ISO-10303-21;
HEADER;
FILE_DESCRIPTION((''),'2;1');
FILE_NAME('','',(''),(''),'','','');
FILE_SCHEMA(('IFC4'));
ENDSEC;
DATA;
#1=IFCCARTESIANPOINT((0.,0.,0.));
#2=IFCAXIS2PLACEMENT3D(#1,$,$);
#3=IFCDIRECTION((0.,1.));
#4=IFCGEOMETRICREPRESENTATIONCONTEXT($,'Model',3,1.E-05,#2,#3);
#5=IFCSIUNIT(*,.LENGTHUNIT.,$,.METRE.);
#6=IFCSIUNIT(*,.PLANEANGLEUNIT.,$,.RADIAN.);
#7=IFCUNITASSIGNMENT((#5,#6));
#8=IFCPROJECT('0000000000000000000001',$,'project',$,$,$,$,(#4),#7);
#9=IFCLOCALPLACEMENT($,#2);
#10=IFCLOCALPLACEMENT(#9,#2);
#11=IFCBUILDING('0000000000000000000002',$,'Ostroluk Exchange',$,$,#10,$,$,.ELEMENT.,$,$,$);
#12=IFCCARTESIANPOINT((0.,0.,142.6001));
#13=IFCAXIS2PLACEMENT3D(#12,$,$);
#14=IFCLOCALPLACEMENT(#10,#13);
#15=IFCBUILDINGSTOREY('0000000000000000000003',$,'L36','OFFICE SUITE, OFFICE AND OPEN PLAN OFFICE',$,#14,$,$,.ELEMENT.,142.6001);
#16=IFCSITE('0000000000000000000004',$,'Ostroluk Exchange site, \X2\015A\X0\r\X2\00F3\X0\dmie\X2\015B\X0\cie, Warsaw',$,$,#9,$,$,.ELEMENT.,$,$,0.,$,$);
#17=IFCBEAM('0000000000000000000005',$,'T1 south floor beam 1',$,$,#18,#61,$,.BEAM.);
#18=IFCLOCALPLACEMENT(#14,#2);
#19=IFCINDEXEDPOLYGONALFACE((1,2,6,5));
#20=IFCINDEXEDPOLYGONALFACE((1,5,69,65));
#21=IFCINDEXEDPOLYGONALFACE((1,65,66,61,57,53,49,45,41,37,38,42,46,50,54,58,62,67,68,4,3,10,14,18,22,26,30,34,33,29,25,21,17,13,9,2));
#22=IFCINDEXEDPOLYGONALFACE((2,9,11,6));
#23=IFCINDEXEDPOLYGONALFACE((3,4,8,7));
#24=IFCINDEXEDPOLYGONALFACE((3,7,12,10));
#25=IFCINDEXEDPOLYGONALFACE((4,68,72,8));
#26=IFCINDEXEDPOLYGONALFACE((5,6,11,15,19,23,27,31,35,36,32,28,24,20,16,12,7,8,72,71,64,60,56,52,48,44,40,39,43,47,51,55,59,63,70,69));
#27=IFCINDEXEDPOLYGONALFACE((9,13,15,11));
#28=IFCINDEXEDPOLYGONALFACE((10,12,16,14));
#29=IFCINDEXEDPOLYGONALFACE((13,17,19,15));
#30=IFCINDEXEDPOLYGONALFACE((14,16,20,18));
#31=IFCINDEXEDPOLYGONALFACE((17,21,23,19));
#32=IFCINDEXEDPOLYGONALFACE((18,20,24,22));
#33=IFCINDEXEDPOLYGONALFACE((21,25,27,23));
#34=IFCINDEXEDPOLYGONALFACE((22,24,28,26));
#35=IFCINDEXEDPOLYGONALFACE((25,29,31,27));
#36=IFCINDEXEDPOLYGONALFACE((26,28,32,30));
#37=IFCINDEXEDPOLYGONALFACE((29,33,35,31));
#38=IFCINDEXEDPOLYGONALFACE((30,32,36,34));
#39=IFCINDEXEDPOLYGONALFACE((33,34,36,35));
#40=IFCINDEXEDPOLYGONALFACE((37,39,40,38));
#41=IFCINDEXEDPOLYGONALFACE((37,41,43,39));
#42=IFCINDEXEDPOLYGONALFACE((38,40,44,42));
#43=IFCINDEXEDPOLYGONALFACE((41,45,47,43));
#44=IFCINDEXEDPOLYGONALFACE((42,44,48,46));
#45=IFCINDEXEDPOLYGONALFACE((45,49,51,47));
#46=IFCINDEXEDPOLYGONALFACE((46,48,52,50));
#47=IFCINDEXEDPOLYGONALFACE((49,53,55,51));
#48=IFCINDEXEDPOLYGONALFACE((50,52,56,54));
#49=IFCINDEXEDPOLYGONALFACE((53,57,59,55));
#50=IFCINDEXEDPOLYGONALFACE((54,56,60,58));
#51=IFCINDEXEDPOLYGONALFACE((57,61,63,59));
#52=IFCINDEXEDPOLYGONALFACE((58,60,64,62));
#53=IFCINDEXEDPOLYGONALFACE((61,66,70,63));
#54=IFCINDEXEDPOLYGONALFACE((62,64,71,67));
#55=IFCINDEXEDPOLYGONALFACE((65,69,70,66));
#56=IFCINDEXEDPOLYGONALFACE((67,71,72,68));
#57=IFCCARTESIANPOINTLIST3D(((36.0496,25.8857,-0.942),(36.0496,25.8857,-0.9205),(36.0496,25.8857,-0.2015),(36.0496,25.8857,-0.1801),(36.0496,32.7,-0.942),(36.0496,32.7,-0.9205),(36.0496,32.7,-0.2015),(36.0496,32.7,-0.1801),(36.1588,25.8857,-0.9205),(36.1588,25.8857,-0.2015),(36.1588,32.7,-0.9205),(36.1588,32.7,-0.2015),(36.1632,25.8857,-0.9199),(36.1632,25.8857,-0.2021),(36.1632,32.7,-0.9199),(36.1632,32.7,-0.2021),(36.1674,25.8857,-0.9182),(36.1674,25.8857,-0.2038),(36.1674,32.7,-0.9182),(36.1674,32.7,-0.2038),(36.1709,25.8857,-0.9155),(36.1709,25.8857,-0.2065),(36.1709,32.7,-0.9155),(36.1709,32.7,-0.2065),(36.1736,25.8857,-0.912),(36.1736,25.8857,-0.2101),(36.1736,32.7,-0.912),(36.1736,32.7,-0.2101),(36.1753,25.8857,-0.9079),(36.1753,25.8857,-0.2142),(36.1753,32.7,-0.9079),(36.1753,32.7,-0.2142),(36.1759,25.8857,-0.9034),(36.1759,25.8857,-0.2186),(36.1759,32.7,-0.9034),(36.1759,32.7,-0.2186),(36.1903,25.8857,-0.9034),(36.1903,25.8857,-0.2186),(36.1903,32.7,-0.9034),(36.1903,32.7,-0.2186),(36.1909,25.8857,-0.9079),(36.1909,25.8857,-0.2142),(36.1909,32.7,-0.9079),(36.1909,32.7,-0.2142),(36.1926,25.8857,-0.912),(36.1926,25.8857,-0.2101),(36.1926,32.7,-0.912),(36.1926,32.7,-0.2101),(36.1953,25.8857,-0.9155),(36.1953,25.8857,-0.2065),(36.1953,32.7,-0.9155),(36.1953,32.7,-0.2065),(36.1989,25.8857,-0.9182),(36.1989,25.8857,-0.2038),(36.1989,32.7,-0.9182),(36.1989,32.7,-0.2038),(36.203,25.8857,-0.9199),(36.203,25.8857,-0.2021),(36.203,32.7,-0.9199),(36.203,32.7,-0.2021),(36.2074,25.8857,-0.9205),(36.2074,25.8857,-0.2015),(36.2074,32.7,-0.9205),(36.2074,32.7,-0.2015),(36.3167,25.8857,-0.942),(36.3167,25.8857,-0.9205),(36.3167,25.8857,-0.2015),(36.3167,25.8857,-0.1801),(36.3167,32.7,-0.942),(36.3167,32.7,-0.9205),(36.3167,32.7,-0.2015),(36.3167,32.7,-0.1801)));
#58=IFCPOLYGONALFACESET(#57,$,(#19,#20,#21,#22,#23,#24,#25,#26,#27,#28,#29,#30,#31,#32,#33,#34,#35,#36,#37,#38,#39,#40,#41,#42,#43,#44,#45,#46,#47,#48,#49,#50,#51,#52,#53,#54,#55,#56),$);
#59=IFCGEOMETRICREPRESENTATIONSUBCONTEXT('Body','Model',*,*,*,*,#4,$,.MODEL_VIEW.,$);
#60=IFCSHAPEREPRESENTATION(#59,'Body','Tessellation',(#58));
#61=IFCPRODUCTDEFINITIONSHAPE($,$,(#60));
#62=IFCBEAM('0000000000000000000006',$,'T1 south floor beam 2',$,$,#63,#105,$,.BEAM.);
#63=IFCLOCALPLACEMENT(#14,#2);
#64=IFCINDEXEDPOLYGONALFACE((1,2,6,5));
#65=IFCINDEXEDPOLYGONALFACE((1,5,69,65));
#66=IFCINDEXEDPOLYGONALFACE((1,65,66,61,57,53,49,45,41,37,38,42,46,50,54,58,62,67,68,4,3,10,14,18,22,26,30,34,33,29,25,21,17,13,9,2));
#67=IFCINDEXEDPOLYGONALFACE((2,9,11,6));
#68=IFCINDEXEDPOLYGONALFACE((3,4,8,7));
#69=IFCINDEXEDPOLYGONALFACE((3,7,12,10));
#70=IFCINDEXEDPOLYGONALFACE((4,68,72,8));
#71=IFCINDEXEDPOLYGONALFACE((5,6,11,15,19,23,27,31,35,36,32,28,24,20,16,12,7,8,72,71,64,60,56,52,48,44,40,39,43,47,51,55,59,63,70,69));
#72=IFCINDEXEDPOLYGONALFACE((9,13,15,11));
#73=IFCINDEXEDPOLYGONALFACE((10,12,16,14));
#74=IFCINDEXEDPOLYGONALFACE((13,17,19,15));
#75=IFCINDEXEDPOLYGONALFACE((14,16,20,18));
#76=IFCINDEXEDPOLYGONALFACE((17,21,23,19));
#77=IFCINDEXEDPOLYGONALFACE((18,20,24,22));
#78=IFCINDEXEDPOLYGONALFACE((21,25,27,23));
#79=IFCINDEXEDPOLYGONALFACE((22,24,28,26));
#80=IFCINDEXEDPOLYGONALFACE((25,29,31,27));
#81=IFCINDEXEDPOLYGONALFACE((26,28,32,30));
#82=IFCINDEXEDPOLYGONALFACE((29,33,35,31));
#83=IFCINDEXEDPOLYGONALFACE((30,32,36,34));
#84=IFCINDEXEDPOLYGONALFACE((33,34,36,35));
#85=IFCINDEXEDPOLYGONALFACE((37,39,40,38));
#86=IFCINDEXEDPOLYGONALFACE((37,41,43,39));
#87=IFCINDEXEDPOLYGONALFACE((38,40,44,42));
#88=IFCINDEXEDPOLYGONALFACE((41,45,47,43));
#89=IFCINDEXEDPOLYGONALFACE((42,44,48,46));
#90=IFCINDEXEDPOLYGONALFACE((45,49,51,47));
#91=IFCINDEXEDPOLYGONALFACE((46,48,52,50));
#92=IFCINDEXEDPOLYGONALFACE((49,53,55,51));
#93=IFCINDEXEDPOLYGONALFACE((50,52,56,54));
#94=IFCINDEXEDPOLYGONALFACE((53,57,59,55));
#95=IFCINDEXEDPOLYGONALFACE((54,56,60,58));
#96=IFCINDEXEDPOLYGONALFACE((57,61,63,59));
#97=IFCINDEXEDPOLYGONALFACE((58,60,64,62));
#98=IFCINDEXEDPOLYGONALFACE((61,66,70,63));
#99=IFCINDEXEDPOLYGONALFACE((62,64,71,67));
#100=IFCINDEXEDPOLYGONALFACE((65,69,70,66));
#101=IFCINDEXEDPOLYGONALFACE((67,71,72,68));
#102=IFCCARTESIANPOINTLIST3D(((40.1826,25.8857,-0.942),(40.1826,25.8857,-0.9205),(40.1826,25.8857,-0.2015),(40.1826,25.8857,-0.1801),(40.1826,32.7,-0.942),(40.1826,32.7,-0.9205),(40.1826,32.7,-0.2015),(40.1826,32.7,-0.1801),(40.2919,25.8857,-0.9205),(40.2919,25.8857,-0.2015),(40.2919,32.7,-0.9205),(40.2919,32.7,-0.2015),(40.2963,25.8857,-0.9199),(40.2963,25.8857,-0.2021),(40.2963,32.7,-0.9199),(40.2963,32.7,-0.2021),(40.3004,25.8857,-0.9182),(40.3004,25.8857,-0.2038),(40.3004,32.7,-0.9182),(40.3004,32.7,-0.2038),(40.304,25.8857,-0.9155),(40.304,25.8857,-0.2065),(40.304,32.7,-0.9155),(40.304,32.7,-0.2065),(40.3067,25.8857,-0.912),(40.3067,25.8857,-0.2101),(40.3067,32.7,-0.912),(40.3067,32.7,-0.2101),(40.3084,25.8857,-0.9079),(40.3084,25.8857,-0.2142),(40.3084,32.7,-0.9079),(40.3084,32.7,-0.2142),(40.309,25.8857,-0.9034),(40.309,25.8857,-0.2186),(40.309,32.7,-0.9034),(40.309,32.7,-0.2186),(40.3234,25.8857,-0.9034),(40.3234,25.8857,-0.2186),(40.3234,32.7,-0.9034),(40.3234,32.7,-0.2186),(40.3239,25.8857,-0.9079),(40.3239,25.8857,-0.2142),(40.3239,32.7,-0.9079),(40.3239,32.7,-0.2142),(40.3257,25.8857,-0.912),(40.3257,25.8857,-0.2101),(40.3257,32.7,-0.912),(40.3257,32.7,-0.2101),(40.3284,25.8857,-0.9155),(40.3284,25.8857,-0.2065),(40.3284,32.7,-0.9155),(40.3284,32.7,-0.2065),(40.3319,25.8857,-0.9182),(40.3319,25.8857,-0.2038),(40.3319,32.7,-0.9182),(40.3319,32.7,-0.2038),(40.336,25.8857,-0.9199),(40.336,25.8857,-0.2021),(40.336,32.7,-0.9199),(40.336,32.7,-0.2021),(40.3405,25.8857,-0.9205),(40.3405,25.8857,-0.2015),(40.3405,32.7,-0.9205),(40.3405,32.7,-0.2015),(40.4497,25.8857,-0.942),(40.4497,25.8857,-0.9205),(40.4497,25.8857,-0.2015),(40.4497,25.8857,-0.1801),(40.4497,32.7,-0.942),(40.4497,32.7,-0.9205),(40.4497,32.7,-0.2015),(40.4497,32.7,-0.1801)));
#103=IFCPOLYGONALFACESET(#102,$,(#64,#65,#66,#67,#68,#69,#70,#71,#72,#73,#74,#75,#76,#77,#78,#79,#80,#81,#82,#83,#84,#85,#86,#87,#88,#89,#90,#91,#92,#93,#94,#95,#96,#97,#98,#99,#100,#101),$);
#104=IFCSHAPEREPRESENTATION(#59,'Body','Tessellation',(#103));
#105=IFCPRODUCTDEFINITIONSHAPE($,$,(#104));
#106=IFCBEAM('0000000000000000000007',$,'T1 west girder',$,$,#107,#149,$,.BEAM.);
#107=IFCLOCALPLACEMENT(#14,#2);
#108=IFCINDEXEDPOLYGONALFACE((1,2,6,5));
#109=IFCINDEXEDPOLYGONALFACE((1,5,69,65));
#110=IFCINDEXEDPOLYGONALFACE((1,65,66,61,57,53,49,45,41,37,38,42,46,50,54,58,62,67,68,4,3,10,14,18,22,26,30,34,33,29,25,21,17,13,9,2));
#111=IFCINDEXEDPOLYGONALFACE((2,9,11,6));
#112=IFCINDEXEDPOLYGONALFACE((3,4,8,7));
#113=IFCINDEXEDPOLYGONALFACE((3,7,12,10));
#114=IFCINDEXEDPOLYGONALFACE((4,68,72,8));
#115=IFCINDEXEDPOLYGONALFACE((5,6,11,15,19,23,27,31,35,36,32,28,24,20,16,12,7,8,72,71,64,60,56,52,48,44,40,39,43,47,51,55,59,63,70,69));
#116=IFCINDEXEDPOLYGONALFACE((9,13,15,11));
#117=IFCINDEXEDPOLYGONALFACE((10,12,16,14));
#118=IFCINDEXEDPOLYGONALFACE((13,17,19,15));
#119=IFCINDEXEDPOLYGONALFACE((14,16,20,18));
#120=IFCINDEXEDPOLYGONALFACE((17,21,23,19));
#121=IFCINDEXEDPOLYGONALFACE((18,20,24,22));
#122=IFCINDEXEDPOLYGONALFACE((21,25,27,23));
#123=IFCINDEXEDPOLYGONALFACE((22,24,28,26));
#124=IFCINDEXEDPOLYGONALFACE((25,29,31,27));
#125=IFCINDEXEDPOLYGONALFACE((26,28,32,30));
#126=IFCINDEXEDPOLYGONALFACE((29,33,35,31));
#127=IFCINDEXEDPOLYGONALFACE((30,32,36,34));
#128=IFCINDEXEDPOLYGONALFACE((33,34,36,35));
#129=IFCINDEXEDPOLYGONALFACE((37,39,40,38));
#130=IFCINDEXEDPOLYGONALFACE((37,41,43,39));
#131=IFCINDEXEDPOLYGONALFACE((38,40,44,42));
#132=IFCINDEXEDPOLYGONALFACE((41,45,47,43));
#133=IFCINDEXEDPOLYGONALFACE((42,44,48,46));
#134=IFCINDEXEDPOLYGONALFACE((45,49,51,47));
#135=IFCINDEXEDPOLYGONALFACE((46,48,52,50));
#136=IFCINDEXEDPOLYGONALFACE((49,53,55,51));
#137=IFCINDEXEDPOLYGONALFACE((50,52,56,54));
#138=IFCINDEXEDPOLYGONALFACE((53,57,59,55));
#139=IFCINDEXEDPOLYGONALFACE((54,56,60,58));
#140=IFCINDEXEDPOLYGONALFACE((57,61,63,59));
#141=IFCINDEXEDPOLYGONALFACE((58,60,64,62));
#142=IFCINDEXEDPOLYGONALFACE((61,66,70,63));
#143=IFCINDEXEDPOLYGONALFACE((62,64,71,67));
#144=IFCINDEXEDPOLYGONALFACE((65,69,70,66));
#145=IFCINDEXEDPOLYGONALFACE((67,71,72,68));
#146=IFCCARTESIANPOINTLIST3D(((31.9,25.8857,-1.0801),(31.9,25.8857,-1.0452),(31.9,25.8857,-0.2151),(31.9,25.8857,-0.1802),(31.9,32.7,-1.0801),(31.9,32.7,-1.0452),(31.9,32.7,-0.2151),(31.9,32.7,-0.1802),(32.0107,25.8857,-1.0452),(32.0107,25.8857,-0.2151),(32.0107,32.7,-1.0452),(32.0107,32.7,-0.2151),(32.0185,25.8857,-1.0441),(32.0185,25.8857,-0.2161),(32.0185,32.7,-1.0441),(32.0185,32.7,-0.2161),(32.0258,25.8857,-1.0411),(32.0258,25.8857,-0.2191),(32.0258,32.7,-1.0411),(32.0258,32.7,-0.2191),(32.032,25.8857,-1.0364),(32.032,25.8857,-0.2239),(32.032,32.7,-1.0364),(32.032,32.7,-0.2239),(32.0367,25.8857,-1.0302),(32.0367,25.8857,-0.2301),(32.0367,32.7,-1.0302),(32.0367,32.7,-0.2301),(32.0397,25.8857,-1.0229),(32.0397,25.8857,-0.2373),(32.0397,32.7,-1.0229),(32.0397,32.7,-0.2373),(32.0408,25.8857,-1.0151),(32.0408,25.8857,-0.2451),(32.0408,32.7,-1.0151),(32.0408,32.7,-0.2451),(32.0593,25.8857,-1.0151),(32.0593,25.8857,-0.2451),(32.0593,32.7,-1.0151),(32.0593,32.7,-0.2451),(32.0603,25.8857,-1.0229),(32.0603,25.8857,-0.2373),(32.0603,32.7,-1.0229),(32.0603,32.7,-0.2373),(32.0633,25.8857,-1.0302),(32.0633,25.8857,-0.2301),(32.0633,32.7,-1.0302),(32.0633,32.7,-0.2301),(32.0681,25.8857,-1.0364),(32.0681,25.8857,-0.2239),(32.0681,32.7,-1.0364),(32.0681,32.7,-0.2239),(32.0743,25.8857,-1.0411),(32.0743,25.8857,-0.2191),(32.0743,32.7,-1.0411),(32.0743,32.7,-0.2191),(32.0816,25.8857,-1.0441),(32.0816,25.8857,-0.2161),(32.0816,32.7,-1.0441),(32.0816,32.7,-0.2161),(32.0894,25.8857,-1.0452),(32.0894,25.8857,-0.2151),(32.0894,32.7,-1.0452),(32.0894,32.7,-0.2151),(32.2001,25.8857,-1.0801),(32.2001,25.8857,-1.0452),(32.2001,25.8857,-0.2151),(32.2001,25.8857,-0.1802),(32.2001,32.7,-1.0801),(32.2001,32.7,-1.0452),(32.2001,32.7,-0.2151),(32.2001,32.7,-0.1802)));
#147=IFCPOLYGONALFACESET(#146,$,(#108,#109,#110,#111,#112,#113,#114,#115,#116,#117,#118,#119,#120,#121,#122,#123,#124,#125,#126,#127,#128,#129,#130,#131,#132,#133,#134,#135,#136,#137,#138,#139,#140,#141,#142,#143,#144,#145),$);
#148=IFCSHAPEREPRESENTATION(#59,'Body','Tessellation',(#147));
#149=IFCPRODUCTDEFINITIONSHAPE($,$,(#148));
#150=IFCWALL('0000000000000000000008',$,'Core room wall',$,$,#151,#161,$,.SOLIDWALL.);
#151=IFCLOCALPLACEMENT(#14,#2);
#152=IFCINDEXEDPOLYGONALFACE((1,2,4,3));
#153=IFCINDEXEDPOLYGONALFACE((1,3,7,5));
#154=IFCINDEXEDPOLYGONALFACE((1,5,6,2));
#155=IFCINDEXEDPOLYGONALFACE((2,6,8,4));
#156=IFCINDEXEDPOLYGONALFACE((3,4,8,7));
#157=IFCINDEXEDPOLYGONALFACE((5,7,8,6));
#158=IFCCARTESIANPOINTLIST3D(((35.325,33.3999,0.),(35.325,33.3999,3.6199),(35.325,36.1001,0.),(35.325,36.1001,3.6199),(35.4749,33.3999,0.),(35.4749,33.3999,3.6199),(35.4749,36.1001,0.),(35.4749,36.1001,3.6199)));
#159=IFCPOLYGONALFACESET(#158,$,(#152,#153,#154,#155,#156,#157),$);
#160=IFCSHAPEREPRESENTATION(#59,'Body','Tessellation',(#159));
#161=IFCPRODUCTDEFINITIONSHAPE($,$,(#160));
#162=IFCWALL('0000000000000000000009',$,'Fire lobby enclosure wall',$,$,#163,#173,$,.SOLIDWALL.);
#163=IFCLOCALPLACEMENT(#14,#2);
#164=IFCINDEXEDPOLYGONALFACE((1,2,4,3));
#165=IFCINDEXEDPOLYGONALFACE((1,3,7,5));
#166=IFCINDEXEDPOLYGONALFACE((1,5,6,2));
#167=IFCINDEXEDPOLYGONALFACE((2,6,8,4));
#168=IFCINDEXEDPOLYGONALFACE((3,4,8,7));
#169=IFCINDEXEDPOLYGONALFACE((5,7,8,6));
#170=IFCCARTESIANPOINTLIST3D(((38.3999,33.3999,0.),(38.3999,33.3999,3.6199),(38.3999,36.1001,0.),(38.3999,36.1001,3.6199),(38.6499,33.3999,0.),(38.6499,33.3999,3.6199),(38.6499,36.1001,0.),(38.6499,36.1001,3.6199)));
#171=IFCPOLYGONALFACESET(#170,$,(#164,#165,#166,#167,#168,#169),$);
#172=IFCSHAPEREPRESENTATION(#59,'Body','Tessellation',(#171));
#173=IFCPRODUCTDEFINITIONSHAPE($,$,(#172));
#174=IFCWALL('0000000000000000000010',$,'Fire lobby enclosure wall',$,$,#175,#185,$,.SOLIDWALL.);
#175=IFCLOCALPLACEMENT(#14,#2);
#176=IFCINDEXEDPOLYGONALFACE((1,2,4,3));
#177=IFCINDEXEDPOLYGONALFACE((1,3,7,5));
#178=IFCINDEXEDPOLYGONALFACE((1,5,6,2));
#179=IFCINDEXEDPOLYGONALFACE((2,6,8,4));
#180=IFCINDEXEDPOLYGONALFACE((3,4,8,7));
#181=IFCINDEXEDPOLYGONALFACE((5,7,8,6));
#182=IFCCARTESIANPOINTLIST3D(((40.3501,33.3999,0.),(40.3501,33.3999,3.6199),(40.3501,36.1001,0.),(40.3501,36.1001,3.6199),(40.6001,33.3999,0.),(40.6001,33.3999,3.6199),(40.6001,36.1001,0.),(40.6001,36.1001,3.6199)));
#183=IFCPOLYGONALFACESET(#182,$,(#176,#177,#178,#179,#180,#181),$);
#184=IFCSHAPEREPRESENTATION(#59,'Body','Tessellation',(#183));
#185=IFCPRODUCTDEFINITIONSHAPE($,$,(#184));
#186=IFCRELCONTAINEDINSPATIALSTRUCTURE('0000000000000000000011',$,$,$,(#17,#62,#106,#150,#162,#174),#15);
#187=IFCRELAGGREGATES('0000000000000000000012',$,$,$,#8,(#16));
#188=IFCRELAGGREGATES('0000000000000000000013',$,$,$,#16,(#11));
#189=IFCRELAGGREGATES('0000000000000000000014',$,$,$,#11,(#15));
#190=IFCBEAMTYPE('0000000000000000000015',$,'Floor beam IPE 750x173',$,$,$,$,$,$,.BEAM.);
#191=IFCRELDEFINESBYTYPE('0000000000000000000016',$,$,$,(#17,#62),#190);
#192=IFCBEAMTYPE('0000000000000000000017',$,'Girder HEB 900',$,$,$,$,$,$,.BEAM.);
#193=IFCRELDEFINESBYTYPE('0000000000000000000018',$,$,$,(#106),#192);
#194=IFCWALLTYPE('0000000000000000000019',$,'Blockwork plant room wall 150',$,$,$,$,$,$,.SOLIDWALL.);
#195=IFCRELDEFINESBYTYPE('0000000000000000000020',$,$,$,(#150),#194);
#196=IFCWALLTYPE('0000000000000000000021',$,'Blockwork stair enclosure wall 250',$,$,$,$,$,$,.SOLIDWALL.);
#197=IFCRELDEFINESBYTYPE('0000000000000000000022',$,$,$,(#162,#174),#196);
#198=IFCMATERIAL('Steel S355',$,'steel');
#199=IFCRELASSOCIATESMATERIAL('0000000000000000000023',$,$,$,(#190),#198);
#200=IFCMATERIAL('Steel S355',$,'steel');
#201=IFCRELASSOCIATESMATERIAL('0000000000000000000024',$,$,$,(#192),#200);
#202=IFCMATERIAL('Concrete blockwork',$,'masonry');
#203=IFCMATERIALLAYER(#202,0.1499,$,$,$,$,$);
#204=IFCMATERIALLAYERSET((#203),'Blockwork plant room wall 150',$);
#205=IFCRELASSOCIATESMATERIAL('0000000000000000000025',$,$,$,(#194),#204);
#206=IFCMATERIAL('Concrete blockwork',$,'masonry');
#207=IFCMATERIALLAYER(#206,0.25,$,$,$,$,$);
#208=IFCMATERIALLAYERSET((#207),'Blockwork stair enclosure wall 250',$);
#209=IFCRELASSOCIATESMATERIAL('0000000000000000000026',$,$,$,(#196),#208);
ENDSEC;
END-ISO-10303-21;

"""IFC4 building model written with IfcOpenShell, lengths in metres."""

from ifc_helpers import new_model, si_unit, direction, frame, frame_2d, origin, origin_2d, place, context, subcontext, project, spatial, rectangle, i_section, extrude, material, layer, layer_set, material_profile, profile_set, type_object, element, save


model = new_model("IFC4")

# Units and contexts
model_context = context("Model", 3, precision=1e-05, world=origin(), true_north=direction((0.0, 1.0)))
body_context = subcontext(model_context, "Body", "Model", "MODEL_VIEW")
ifc_project = project(units=[si_unit("LENGTHUNIT", "METRE"), si_unit("PLANEANGLEUNIT", "RADIAN")], contexts=[model_context])

# Site, building, storey
site_placement = place(None, origin())
site = spatial("IfcSite", under=ifc_project, at=site_placement, Name="Ostroluk Exchange site, Śródmieście, Warsaw", CompositionType="ELEMENT", RefElevation=0.0)
building_placement = place(site_placement, origin())
building = spatial("IfcBuilding", under=site, at=building_placement, Name="Ostroluk Exchange", CompositionType="ELEMENT")
storey_placement = place(building_placement, frame((0.0, 0.0, 142.6001)))
storey = spatial("IfcBuildingStorey", under=building, at=storey_placement, Name="L36", Description="OFFICE SUITE, OFFICE AND OPEN PLAN OFFICE", CompositionType="ELEMENT", Elevation=142.6001)

# Beams
ifc_material_1 = material(Name="Steel S355", Category="steel")
ifc_material_profile_1 = material_profile(ifc_material_1, i_section(OverallWidth=0.2671, OverallDepth=0.762, WebThickness=0.0144, FlangeThickness=0.0215, FilletRadius=0.0171, at=origin_2d()), Name="IPE 750x173")
ifc_profile_set_1 = profile_set([ifc_material_profile_1], Name="Steel S355")
beam_type_1 = type_object("IfcBeamType", Name="Floor beam IPE 750x173", PredefinedType="BEAM", material=ifc_profile_set_1)
for number, where, z_axis, x_axis, name in (
    (1, (36.1831, 32.7, -0.561), (0.0, -1.0, 0.0), (1.0, 0.0, 0.0), "T1 south floor beam 1"),
    (2, (40.3162, 32.7, -0.561), (0.0, -1.0, 0.0), (1.0, 0.0, 0.0), "T1 south floor beam 2"),
):
    element("IfcBeam", number, at=place(storey_placement, frame(where, z_axis=z_axis, x_axis=x_axis)), inside=storey, type_object=beam_type_1, Name=name, PredefinedType="BEAM", context=body_context, shape_type="SweptSolid", body=[
        extrude(i_section(OverallWidth=0.2671, OverallDepth=0.762, WebThickness=0.0144, FlangeThickness=0.0215, FilletRadius=0.0171, at=origin_2d()), origin(), (0.0, 0.0, 1.0), 6.8142),
    ])
ifc_material_2 = material(Name="Steel S355", Category="steel")
ifc_material_profile_2 = material_profile(ifc_material_2, i_section(OverallWidth=0.3, OverallDepth=0.8999, WebThickness=0.0186, FlangeThickness=0.0349, FilletRadius=0.03, at=origin_2d()), Name="HEB 900")
ifc_profile_set_2 = profile_set([ifc_material_profile_2], Name="Steel S355")
beam_type_2 = type_object("IfcBeamType", Name="Girder HEB 900", PredefinedType="BEAM", material=ifc_profile_set_2)
beam_placement = place(storey_placement, frame((32.05, 32.7, -0.6301), z_axis=(0.0, -1.0, 0.0), x_axis=(1.0, 0.0, 0.0)))
element("IfcBeam", 3, at=beam_placement, inside=storey, type_object=beam_type_2, Name="T1 west girder", PredefinedType="BEAM", context=body_context, shape_type="SweptSolid", body=[
    extrude(i_section(OverallWidth=0.3, OverallDepth=0.8999, WebThickness=0.0186, FlangeThickness=0.0349, FilletRadius=0.03, at=origin_2d()), origin(), (0.0, 0.0, 1.0), 6.8142),
])

# Walls
ifc_material_3 = material(Name="Concrete blockwork", Category="masonry")
ifc_layer_1 = layer(ifc_material_3, 0.1499)
ifc_layer_set_1 = layer_set([ifc_layer_1], Name="Blockwork plant room wall 150")
wall_type_1 = type_object("IfcWallType", Name="Blockwork plant room wall 150", PredefinedType="SOLIDWALL", material=ifc_layer_set_1)
wall_1_placement = place(storey_placement, frame((35.3999, 33.3999, 0.0), z_axis=(0.0, 0.0, 1.0), x_axis=(0.0, 1.0, 0.0)))
element("IfcWall", 4, at=wall_1_placement, inside=storey, type_object=wall_type_1, Name="Core room wall", PredefinedType="SOLIDWALL", context=body_context, shape_type="SweptSolid", body=[
    extrude(rectangle(XDim=2.7002, YDim=0.1499, at=frame_2d((1.3501, 0.0))), origin(), (0.0, 0.0, 1.0), 3.6199),
])
ifc_material_4 = material(Name="Concrete blockwork", Category="masonry")
ifc_layer_2 = layer(ifc_material_4, 0.25)
ifc_layer_set_2 = layer_set([ifc_layer_2], Name="Blockwork stair enclosure wall 250")
wall_type_2 = type_object("IfcWallType", Name="Blockwork stair enclosure wall 250", PredefinedType="SOLIDWALL", material=ifc_layer_set_2)
for number, where, z_axis, x_axis, name in (
    (5, (38.5249, 33.3999, 0.0), (0.0, 0.0, 1.0), (0.0, 1.0, 0.0), "Fire lobby enclosure wall"),
    (6, (40.4751, 33.3999, 0.0), (0.0, 0.0, 1.0), (0.0, 1.0, 0.0), "Fire lobby enclosure wall"),
):
    element("IfcWall", number, at=place(storey_placement, frame(where, z_axis=z_axis, x_axis=x_axis)), inside=storey, type_object=wall_type_2, Name=name, PredefinedType="SOLIDWALL", context=body_context, shape_type="SweptSolid", body=[
        extrude(rectangle(XDim=2.7002, YDim=0.25, at=frame_2d((1.3501, 0.0))), origin(), (0.0, 0.0, 1.0), 3.6199),
    ])

save(model, "model.ifc")
